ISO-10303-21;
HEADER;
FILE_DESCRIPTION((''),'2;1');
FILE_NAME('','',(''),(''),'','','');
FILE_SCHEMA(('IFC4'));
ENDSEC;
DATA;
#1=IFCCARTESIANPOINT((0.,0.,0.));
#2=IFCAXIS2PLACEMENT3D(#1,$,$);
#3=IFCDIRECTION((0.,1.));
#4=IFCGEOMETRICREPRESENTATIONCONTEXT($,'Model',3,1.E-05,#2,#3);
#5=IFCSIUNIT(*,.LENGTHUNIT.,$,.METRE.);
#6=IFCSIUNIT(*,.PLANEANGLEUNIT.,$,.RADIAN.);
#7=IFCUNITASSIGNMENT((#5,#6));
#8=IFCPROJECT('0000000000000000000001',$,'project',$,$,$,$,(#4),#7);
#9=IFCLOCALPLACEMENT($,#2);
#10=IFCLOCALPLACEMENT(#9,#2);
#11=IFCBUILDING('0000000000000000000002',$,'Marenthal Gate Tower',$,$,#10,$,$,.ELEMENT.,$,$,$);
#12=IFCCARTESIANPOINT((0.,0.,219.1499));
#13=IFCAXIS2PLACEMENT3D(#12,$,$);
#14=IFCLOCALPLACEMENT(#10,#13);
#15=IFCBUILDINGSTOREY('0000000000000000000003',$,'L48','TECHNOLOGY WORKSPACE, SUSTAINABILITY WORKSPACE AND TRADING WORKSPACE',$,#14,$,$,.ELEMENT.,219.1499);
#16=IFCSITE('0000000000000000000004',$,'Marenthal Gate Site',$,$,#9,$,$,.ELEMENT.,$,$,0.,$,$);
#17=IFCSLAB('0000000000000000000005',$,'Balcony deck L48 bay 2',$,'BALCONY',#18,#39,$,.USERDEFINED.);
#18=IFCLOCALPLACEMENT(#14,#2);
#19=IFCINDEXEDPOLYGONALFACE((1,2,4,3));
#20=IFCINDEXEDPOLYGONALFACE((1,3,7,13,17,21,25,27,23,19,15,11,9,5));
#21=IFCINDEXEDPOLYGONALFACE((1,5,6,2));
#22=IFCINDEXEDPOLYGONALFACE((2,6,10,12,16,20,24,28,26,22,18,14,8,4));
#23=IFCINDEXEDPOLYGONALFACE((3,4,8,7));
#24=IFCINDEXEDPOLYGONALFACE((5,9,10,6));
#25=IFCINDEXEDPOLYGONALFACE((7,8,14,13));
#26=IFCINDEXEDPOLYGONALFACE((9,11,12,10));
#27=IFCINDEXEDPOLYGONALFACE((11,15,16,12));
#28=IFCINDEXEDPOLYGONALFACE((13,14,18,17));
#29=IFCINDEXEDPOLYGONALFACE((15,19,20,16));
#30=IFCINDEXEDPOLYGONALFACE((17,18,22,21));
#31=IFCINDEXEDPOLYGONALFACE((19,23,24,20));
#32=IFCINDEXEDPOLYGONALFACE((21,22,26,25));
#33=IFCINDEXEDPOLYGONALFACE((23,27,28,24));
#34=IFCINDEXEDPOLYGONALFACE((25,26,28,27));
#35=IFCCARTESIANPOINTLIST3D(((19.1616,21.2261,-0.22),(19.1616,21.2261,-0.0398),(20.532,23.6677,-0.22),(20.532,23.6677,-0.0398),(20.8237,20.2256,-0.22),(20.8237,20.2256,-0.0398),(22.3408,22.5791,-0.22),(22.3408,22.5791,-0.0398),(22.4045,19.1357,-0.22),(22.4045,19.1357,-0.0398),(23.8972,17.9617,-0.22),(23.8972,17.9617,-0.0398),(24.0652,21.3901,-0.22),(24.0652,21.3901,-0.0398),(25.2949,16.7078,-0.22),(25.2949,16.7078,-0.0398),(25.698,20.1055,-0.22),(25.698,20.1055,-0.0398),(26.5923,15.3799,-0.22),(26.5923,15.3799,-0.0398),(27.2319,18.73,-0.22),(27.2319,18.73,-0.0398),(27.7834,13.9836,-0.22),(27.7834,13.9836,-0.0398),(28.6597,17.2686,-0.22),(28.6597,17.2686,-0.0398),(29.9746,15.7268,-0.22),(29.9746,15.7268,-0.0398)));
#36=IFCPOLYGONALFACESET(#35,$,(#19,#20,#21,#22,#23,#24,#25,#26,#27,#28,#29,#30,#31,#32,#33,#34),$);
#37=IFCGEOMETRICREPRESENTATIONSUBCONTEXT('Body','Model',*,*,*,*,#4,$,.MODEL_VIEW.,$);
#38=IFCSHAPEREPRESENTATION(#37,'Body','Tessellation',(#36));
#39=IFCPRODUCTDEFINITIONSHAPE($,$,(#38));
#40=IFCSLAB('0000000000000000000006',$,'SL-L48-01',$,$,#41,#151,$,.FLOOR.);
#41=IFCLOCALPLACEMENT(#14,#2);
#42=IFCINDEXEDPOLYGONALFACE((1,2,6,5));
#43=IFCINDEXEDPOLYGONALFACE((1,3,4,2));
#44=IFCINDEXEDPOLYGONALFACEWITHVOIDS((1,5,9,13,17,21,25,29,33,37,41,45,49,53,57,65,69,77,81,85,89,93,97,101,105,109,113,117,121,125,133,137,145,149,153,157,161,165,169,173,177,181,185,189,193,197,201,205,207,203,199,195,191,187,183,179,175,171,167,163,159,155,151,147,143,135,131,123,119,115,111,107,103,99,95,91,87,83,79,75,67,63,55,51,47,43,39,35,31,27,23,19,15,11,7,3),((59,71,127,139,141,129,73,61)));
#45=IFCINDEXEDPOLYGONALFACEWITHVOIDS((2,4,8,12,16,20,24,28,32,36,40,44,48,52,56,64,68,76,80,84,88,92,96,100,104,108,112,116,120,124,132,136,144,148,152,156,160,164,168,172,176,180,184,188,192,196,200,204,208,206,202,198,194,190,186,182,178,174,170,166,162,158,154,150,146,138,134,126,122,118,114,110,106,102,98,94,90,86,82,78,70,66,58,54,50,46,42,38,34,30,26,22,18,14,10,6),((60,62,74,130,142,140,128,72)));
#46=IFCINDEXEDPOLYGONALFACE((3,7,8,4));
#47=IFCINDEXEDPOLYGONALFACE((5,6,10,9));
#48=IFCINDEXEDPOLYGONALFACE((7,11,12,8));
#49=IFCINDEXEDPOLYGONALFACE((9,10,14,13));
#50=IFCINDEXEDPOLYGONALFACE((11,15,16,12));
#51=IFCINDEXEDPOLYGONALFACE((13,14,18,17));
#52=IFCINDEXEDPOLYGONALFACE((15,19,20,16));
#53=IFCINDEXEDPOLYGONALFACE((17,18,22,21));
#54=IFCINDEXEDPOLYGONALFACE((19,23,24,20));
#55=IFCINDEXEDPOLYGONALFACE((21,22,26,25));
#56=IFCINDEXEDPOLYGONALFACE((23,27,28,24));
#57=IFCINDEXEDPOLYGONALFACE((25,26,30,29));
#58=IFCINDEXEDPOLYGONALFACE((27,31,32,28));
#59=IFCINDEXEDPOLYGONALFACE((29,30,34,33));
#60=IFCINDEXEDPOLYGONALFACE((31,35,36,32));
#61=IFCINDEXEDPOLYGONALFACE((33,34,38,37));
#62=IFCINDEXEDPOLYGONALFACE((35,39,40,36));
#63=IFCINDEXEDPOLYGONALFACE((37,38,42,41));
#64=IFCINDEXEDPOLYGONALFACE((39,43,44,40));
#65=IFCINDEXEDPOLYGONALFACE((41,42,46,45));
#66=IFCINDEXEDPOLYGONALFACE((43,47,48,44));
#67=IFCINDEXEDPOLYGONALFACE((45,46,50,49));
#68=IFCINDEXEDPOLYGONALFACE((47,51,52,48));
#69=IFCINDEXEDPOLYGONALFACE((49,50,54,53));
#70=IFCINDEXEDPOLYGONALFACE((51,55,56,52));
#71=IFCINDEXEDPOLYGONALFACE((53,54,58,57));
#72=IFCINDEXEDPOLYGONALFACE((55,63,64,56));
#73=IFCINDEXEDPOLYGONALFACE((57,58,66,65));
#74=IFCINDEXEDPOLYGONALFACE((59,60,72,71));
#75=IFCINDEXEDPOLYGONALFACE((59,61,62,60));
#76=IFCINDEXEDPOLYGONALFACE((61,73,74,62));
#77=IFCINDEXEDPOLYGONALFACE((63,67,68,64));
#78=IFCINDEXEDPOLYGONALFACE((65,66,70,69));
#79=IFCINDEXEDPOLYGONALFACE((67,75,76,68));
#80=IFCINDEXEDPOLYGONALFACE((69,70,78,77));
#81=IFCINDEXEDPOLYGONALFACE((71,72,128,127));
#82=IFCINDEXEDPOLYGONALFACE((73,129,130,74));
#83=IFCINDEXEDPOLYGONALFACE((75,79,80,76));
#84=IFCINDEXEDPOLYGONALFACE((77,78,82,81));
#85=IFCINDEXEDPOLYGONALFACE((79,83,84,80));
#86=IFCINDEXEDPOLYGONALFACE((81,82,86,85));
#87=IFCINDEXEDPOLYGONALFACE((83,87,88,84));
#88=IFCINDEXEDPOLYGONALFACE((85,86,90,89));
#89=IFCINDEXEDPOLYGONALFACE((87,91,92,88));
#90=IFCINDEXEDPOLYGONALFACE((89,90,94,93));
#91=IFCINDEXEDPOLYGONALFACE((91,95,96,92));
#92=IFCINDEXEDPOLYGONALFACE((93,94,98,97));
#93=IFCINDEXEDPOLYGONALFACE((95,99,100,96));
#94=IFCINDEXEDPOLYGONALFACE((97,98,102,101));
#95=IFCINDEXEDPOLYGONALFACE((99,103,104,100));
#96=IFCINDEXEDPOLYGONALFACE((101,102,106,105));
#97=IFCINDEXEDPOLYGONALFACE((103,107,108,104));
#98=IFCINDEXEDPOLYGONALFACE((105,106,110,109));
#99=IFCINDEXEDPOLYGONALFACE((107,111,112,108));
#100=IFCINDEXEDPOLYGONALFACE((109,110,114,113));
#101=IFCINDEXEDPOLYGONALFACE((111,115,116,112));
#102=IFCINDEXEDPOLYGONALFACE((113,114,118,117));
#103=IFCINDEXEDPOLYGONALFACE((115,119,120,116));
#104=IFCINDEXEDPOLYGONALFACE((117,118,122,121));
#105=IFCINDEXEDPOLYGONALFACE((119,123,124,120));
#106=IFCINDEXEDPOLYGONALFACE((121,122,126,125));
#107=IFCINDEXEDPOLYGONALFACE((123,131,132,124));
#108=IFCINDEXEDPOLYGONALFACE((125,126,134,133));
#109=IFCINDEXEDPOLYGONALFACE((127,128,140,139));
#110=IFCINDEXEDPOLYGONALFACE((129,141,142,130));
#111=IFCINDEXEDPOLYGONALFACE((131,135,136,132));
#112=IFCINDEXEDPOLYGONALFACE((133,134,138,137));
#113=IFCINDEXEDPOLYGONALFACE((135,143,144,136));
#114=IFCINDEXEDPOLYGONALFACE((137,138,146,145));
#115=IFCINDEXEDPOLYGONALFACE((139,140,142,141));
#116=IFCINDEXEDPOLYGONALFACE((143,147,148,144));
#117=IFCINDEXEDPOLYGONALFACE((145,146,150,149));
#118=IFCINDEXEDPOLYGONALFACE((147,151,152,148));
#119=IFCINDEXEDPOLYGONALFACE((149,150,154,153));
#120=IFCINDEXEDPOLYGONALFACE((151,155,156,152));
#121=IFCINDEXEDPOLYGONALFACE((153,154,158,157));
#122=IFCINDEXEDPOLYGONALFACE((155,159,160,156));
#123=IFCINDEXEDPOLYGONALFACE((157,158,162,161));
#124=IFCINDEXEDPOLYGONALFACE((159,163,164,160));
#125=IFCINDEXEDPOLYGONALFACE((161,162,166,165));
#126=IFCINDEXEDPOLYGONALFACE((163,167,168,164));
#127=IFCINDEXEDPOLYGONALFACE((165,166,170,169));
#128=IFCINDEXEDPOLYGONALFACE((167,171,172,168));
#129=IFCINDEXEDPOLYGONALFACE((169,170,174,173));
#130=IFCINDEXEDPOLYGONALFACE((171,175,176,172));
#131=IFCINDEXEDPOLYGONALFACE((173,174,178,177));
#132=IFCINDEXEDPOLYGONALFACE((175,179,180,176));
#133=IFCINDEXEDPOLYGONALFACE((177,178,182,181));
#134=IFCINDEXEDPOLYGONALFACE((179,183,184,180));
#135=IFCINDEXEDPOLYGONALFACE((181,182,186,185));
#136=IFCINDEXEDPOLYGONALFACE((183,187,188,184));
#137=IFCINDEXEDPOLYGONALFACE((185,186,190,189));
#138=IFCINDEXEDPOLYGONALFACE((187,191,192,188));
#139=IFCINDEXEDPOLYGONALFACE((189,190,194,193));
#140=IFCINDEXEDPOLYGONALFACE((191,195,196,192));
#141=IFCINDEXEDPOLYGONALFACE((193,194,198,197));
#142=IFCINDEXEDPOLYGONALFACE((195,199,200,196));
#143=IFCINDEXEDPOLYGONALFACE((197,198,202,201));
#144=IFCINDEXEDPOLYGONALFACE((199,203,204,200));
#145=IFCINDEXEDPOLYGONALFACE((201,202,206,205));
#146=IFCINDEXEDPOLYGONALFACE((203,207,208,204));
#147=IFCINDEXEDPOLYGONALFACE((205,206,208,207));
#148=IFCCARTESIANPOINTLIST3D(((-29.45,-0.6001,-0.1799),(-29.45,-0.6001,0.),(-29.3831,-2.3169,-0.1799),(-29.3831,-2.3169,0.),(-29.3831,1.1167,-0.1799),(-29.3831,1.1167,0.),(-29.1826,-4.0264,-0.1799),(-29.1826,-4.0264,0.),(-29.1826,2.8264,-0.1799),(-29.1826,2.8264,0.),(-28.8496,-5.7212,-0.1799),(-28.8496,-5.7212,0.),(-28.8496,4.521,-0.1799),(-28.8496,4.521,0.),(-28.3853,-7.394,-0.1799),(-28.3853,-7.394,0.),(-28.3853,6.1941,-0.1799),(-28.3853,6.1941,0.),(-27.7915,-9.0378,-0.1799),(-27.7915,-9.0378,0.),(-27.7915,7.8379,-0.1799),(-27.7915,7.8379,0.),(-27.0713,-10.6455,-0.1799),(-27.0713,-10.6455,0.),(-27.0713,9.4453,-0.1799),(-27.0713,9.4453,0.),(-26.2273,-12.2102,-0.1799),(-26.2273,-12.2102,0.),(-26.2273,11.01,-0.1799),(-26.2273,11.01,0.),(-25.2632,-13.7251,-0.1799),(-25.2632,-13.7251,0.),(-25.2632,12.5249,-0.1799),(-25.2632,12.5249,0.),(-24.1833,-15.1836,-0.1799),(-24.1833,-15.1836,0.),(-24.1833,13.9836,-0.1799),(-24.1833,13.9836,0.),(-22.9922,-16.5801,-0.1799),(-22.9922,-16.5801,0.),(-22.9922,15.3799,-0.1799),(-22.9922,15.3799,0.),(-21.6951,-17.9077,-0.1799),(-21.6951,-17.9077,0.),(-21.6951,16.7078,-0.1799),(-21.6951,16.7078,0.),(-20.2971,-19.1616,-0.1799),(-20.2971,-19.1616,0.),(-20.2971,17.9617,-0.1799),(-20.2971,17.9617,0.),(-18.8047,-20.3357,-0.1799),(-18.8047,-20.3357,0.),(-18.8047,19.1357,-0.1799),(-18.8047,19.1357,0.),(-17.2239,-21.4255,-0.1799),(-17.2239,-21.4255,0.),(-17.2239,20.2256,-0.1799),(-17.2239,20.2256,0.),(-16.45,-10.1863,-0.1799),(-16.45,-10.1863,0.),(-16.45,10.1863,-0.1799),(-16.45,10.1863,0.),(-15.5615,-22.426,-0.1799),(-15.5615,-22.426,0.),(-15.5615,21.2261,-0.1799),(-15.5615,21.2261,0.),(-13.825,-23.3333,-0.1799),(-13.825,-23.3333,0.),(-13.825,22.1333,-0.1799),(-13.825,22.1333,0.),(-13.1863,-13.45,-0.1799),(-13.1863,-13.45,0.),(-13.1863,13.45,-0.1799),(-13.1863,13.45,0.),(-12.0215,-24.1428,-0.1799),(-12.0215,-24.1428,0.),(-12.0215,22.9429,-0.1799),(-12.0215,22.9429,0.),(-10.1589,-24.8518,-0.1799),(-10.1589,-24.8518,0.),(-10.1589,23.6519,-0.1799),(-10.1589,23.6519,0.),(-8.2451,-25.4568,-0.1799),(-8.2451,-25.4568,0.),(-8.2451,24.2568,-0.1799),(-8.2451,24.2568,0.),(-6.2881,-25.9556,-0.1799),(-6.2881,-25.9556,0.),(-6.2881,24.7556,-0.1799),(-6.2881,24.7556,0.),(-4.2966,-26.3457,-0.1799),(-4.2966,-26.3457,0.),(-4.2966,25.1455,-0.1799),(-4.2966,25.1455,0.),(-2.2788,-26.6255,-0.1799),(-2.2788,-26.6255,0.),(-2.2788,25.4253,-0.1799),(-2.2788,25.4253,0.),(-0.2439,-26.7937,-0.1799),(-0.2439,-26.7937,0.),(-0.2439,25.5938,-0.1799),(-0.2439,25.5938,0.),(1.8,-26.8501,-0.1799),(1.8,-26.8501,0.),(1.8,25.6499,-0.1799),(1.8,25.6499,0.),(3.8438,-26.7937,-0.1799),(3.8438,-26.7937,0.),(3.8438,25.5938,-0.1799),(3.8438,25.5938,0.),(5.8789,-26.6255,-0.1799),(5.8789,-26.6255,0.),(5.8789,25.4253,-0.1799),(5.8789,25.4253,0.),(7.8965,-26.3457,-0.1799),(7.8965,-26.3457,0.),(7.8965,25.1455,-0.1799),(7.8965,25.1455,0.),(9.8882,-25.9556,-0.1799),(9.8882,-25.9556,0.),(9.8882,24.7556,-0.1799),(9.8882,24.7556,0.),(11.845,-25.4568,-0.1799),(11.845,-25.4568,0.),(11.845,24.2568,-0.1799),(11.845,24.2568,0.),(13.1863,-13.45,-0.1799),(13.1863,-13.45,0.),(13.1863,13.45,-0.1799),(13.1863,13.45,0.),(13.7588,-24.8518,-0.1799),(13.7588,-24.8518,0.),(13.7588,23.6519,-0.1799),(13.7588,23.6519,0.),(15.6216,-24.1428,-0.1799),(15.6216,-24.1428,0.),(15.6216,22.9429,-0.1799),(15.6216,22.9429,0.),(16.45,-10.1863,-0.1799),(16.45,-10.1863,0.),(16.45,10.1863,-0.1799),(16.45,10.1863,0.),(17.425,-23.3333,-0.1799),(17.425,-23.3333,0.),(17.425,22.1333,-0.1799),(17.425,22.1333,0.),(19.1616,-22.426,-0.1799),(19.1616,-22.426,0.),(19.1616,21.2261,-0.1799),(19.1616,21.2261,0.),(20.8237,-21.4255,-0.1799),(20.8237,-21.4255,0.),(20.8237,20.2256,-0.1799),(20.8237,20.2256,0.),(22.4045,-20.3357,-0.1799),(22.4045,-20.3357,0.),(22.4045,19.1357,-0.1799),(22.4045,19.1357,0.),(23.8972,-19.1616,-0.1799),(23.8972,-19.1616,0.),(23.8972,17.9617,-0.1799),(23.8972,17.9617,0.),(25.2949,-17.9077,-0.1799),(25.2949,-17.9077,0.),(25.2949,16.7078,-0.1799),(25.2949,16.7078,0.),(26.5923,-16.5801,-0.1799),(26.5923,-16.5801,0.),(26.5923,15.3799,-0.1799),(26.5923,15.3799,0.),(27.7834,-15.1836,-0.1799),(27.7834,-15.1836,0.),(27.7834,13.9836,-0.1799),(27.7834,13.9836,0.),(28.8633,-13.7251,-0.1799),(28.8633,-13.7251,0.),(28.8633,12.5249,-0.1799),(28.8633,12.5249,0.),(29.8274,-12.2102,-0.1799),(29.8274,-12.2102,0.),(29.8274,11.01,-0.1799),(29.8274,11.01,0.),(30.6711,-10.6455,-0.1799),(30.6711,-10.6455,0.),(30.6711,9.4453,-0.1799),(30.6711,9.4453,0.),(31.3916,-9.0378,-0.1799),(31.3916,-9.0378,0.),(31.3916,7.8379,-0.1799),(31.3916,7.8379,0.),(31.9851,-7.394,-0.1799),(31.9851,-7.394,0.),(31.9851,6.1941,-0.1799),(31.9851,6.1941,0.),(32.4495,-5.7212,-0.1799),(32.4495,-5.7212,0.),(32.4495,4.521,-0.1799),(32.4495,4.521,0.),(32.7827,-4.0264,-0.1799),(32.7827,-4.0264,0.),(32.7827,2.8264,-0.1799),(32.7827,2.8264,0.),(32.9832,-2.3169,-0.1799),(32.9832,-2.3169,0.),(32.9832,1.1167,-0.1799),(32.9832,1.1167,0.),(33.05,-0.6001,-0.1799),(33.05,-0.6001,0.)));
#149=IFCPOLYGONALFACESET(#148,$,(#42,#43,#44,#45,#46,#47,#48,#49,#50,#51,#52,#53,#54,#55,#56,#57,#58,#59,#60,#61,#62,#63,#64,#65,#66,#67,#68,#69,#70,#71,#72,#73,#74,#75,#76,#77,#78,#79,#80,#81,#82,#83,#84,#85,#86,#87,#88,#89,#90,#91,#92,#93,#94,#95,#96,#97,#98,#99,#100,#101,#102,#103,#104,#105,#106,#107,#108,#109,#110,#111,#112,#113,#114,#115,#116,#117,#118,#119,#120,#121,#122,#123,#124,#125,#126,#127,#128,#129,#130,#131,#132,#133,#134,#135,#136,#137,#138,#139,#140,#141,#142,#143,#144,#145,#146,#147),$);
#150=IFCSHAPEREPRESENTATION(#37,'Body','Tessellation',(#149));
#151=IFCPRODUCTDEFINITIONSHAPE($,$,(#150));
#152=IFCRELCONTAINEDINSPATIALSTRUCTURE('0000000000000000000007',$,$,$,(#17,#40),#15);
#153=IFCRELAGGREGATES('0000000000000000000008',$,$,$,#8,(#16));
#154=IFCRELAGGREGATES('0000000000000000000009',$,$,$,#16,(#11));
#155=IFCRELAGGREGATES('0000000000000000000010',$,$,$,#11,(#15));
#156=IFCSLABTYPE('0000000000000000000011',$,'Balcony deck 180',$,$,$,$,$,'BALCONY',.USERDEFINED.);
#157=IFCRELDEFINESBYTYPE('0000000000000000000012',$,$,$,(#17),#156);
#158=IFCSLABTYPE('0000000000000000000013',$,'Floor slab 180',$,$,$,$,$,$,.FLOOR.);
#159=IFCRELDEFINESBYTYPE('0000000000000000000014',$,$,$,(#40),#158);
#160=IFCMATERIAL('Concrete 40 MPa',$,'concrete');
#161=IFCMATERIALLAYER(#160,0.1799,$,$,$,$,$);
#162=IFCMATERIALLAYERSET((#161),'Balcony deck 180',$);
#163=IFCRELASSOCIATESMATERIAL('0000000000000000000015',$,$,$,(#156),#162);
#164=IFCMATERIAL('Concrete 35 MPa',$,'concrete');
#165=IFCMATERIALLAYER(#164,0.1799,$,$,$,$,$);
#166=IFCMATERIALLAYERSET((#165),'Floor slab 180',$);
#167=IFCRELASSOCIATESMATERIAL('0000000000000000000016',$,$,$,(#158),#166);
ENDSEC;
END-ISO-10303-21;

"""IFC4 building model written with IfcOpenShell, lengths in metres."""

from ifc_helpers import new_model, si_unit, direction, frame, origin, place, context, subcontext, project, spatial, polyline, outline, extrude, material, layer, layer_set, type_object, element, save


model = new_model("IFC4")

# Units and contexts
model_context = context("Model", 3, precision=1e-05, world=origin(), true_north=direction((0.0, 1.0)))
body_context = subcontext(model_context, "Body", "Model", "MODEL_VIEW")
ifc_project = project(units=[si_unit("LENGTHUNIT", "METRE"), si_unit("PLANEANGLEUNIT", "RADIAN")], contexts=[model_context])

# Site, building, storey
site_placement = place(None, origin())
site = spatial("IfcSite", under=ifc_project, at=site_placement, Name="Marenthal Gate Site", CompositionType="ELEMENT", RefElevation=0.0)
building_placement = place(site_placement, origin())
building = spatial("IfcBuilding", under=site, at=building_placement, Name="Marenthal Gate Tower", CompositionType="ELEMENT")
storey_placement = place(building_placement, frame((0.0, 0.0, 219.1499)))
storey = spatial("IfcBuildingStorey", under=building, at=storey_placement, Name="L48", Description="TECHNOLOGY WORKSPACE, SUSTAINABILITY WORKSPACE AND TRADING WORKSPACE", CompositionType="ELEMENT", Elevation=219.1499)

# Slabs
ifc_material_1 = material(Name="Concrete 40 MPa", Category="concrete")
ifc_layer_1 = layer(ifc_material_1, 0.1799)
ifc_layer_set_1 = layer_set([ifc_layer_1], Name="Balcony deck 180")
slab_type_1 = type_object("IfcSlabType", Name="Balcony deck 180", ElementType="BALCONY", PredefinedType="USERDEFINED", material=ifc_layer_set_1)
slab_1_placement = place(storey_placement, frame((0.0, 0.0, -0.22)))
element("IfcSlab", 1, at=slab_1_placement, inside=storey, type_object=slab_type_1, Name="Balcony deck L48 bay 2", ObjectType="BALCONY", PredefinedType="USERDEFINED", context=body_context, shape_type="SweptSolid", body=[
    extrude(outline(polyline([(27.7834, 13.9836), (26.5923, 15.3799), (25.2949, 16.7078), (23.8972, 17.9617), (22.4045, 19.1357), (20.8237, 20.2256), (19.1616, 21.2261), (20.532, 23.6677), (22.3408, 22.5791), (24.0652, 21.3901), (25.698, 20.1055), (27.2319, 18.73), (28.6597, 17.2686), (29.9746, 15.7268), (27.7834, 13.9836)])), origin(), (0.0, 0.0, 1.0), 0.1802),
])
ifc_material_2 = material(Name="Concrete 35 MPa", Category="concrete")
ifc_layer_2 = layer(ifc_material_2, 0.1799)
ifc_layer_set_2 = layer_set([ifc_layer_2], Name="Floor slab 180")
slab_type_2 = type_object("IfcSlabType", Name="Floor slab 180", PredefinedType="FLOOR", material=ifc_layer_set_2)
slab_2_placement = place(storey_placement, frame((0.0, 0.0, -0.1799)))
element("IfcSlab", 2, at=slab_2_placement, inside=storey, type_object=slab_type_2, Name="SL-L48-01", PredefinedType="FLOOR", context=body_context, shape_type="SweptSolid", body=[
    extrude(outline(polyline([(33.05, -0.6001), (32.9832, 1.1167), (32.7827, 2.8264), (32.4495, 4.521), (31.9851, 6.1941), (31.3916, 7.8379), (30.6711, 9.4453), (29.8274, 11.01), (28.8633, 12.5249), (27.7834, 13.9836), (26.5923, 15.3799), (25.2949, 16.7078), (23.8972, 17.9617), (22.4045, 19.1357), (20.8237, 20.2256), (19.1616, 21.2261), (17.425, 22.1333), (15.6216, 22.9429), (13.7588, 23.6519), (11.845, 24.2568), (9.8882, 24.7556), (7.8965, 25.1455), (5.8789, 25.4253), (3.8438, 25.5938), (1.8, 25.6499), (-0.2439, 25.5938), (-2.2788, 25.4253), (-4.2966, 25.1455), (-6.2881, 24.7556), (-8.2451, 24.2568), (-10.1589, 23.6519), (-12.0215, 22.9429), (-13.825, 22.1333), (-15.5615, 21.2261), (-17.2239, 20.2256), (-18.8047, 19.1357), (-20.2971, 17.9617), (-21.6951, 16.7078), (-22.9922, 15.3799), (-24.1833, 13.9836), (-25.2632, 12.5249), (-26.2273, 11.01), (-27.0713, 9.4453), (-27.7915, 7.8379), (-28.3853, 6.1941), (-28.8496, 4.521), (-29.1826, 2.8264), (-29.3831, 1.1167), (-29.45, -0.6001), (-29.3831, -2.3169), (-29.1826, -4.0264), (-28.8496, -5.7212), (-28.3853, -7.394), (-27.7915, -9.0378), (-27.0713, -10.6455), (-26.2273, -12.2102), (-25.2632, -13.7251), (-24.1833, -15.1836), (-22.9922, -16.5801), (-21.6951, -17.9077), (-20.2971, -19.1616), (-18.8047, -20.3357), (-17.2239, -21.4255), (-15.5615, -22.426), (-13.825, -23.3333), (-12.0215, -24.1428), (-10.1589, -24.8518), (-8.2451, -25.4568), (-6.2881, -25.9556), (-4.2966, -26.3457), (-2.2788, -26.6255), (-0.2439, -26.7937), (1.8, -26.8501), (3.8438, -26.7937), (5.8789, -26.6255), (7.8965, -26.3457), (9.8882, -25.9556), (11.845, -25.4568), (13.7588, -24.8518), (15.6216, -24.1428), (17.425, -23.3333), (19.1616, -22.426), (20.8237, -21.4255), (22.4045, -20.3357), (23.8972, -19.1616), (25.2949, -17.9077), (26.5923, -16.5801), (27.7834, -15.1836), (28.8633, -13.7251), (29.8274, -12.2102), (30.6711, -10.6455), (31.3916, -9.0378), (31.9851, -7.394), (32.4495, -5.7212), (32.7827, -4.0264), (32.9832, -2.3169), (33.05, -0.6001)]), holes=[polyline([(13.1863, -13.45), (16.45, -10.1863), (16.45, 10.1863), (13.1863, 13.45), (-13.1863, 13.45), (-16.45, 10.1863), (-16.45, -10.1863), (-13.1863, -13.45), (13.1863, -13.45)])]), origin(), (0.0, 0.0, 1.0), 0.1799),
])

save(model, "model.ifc")
